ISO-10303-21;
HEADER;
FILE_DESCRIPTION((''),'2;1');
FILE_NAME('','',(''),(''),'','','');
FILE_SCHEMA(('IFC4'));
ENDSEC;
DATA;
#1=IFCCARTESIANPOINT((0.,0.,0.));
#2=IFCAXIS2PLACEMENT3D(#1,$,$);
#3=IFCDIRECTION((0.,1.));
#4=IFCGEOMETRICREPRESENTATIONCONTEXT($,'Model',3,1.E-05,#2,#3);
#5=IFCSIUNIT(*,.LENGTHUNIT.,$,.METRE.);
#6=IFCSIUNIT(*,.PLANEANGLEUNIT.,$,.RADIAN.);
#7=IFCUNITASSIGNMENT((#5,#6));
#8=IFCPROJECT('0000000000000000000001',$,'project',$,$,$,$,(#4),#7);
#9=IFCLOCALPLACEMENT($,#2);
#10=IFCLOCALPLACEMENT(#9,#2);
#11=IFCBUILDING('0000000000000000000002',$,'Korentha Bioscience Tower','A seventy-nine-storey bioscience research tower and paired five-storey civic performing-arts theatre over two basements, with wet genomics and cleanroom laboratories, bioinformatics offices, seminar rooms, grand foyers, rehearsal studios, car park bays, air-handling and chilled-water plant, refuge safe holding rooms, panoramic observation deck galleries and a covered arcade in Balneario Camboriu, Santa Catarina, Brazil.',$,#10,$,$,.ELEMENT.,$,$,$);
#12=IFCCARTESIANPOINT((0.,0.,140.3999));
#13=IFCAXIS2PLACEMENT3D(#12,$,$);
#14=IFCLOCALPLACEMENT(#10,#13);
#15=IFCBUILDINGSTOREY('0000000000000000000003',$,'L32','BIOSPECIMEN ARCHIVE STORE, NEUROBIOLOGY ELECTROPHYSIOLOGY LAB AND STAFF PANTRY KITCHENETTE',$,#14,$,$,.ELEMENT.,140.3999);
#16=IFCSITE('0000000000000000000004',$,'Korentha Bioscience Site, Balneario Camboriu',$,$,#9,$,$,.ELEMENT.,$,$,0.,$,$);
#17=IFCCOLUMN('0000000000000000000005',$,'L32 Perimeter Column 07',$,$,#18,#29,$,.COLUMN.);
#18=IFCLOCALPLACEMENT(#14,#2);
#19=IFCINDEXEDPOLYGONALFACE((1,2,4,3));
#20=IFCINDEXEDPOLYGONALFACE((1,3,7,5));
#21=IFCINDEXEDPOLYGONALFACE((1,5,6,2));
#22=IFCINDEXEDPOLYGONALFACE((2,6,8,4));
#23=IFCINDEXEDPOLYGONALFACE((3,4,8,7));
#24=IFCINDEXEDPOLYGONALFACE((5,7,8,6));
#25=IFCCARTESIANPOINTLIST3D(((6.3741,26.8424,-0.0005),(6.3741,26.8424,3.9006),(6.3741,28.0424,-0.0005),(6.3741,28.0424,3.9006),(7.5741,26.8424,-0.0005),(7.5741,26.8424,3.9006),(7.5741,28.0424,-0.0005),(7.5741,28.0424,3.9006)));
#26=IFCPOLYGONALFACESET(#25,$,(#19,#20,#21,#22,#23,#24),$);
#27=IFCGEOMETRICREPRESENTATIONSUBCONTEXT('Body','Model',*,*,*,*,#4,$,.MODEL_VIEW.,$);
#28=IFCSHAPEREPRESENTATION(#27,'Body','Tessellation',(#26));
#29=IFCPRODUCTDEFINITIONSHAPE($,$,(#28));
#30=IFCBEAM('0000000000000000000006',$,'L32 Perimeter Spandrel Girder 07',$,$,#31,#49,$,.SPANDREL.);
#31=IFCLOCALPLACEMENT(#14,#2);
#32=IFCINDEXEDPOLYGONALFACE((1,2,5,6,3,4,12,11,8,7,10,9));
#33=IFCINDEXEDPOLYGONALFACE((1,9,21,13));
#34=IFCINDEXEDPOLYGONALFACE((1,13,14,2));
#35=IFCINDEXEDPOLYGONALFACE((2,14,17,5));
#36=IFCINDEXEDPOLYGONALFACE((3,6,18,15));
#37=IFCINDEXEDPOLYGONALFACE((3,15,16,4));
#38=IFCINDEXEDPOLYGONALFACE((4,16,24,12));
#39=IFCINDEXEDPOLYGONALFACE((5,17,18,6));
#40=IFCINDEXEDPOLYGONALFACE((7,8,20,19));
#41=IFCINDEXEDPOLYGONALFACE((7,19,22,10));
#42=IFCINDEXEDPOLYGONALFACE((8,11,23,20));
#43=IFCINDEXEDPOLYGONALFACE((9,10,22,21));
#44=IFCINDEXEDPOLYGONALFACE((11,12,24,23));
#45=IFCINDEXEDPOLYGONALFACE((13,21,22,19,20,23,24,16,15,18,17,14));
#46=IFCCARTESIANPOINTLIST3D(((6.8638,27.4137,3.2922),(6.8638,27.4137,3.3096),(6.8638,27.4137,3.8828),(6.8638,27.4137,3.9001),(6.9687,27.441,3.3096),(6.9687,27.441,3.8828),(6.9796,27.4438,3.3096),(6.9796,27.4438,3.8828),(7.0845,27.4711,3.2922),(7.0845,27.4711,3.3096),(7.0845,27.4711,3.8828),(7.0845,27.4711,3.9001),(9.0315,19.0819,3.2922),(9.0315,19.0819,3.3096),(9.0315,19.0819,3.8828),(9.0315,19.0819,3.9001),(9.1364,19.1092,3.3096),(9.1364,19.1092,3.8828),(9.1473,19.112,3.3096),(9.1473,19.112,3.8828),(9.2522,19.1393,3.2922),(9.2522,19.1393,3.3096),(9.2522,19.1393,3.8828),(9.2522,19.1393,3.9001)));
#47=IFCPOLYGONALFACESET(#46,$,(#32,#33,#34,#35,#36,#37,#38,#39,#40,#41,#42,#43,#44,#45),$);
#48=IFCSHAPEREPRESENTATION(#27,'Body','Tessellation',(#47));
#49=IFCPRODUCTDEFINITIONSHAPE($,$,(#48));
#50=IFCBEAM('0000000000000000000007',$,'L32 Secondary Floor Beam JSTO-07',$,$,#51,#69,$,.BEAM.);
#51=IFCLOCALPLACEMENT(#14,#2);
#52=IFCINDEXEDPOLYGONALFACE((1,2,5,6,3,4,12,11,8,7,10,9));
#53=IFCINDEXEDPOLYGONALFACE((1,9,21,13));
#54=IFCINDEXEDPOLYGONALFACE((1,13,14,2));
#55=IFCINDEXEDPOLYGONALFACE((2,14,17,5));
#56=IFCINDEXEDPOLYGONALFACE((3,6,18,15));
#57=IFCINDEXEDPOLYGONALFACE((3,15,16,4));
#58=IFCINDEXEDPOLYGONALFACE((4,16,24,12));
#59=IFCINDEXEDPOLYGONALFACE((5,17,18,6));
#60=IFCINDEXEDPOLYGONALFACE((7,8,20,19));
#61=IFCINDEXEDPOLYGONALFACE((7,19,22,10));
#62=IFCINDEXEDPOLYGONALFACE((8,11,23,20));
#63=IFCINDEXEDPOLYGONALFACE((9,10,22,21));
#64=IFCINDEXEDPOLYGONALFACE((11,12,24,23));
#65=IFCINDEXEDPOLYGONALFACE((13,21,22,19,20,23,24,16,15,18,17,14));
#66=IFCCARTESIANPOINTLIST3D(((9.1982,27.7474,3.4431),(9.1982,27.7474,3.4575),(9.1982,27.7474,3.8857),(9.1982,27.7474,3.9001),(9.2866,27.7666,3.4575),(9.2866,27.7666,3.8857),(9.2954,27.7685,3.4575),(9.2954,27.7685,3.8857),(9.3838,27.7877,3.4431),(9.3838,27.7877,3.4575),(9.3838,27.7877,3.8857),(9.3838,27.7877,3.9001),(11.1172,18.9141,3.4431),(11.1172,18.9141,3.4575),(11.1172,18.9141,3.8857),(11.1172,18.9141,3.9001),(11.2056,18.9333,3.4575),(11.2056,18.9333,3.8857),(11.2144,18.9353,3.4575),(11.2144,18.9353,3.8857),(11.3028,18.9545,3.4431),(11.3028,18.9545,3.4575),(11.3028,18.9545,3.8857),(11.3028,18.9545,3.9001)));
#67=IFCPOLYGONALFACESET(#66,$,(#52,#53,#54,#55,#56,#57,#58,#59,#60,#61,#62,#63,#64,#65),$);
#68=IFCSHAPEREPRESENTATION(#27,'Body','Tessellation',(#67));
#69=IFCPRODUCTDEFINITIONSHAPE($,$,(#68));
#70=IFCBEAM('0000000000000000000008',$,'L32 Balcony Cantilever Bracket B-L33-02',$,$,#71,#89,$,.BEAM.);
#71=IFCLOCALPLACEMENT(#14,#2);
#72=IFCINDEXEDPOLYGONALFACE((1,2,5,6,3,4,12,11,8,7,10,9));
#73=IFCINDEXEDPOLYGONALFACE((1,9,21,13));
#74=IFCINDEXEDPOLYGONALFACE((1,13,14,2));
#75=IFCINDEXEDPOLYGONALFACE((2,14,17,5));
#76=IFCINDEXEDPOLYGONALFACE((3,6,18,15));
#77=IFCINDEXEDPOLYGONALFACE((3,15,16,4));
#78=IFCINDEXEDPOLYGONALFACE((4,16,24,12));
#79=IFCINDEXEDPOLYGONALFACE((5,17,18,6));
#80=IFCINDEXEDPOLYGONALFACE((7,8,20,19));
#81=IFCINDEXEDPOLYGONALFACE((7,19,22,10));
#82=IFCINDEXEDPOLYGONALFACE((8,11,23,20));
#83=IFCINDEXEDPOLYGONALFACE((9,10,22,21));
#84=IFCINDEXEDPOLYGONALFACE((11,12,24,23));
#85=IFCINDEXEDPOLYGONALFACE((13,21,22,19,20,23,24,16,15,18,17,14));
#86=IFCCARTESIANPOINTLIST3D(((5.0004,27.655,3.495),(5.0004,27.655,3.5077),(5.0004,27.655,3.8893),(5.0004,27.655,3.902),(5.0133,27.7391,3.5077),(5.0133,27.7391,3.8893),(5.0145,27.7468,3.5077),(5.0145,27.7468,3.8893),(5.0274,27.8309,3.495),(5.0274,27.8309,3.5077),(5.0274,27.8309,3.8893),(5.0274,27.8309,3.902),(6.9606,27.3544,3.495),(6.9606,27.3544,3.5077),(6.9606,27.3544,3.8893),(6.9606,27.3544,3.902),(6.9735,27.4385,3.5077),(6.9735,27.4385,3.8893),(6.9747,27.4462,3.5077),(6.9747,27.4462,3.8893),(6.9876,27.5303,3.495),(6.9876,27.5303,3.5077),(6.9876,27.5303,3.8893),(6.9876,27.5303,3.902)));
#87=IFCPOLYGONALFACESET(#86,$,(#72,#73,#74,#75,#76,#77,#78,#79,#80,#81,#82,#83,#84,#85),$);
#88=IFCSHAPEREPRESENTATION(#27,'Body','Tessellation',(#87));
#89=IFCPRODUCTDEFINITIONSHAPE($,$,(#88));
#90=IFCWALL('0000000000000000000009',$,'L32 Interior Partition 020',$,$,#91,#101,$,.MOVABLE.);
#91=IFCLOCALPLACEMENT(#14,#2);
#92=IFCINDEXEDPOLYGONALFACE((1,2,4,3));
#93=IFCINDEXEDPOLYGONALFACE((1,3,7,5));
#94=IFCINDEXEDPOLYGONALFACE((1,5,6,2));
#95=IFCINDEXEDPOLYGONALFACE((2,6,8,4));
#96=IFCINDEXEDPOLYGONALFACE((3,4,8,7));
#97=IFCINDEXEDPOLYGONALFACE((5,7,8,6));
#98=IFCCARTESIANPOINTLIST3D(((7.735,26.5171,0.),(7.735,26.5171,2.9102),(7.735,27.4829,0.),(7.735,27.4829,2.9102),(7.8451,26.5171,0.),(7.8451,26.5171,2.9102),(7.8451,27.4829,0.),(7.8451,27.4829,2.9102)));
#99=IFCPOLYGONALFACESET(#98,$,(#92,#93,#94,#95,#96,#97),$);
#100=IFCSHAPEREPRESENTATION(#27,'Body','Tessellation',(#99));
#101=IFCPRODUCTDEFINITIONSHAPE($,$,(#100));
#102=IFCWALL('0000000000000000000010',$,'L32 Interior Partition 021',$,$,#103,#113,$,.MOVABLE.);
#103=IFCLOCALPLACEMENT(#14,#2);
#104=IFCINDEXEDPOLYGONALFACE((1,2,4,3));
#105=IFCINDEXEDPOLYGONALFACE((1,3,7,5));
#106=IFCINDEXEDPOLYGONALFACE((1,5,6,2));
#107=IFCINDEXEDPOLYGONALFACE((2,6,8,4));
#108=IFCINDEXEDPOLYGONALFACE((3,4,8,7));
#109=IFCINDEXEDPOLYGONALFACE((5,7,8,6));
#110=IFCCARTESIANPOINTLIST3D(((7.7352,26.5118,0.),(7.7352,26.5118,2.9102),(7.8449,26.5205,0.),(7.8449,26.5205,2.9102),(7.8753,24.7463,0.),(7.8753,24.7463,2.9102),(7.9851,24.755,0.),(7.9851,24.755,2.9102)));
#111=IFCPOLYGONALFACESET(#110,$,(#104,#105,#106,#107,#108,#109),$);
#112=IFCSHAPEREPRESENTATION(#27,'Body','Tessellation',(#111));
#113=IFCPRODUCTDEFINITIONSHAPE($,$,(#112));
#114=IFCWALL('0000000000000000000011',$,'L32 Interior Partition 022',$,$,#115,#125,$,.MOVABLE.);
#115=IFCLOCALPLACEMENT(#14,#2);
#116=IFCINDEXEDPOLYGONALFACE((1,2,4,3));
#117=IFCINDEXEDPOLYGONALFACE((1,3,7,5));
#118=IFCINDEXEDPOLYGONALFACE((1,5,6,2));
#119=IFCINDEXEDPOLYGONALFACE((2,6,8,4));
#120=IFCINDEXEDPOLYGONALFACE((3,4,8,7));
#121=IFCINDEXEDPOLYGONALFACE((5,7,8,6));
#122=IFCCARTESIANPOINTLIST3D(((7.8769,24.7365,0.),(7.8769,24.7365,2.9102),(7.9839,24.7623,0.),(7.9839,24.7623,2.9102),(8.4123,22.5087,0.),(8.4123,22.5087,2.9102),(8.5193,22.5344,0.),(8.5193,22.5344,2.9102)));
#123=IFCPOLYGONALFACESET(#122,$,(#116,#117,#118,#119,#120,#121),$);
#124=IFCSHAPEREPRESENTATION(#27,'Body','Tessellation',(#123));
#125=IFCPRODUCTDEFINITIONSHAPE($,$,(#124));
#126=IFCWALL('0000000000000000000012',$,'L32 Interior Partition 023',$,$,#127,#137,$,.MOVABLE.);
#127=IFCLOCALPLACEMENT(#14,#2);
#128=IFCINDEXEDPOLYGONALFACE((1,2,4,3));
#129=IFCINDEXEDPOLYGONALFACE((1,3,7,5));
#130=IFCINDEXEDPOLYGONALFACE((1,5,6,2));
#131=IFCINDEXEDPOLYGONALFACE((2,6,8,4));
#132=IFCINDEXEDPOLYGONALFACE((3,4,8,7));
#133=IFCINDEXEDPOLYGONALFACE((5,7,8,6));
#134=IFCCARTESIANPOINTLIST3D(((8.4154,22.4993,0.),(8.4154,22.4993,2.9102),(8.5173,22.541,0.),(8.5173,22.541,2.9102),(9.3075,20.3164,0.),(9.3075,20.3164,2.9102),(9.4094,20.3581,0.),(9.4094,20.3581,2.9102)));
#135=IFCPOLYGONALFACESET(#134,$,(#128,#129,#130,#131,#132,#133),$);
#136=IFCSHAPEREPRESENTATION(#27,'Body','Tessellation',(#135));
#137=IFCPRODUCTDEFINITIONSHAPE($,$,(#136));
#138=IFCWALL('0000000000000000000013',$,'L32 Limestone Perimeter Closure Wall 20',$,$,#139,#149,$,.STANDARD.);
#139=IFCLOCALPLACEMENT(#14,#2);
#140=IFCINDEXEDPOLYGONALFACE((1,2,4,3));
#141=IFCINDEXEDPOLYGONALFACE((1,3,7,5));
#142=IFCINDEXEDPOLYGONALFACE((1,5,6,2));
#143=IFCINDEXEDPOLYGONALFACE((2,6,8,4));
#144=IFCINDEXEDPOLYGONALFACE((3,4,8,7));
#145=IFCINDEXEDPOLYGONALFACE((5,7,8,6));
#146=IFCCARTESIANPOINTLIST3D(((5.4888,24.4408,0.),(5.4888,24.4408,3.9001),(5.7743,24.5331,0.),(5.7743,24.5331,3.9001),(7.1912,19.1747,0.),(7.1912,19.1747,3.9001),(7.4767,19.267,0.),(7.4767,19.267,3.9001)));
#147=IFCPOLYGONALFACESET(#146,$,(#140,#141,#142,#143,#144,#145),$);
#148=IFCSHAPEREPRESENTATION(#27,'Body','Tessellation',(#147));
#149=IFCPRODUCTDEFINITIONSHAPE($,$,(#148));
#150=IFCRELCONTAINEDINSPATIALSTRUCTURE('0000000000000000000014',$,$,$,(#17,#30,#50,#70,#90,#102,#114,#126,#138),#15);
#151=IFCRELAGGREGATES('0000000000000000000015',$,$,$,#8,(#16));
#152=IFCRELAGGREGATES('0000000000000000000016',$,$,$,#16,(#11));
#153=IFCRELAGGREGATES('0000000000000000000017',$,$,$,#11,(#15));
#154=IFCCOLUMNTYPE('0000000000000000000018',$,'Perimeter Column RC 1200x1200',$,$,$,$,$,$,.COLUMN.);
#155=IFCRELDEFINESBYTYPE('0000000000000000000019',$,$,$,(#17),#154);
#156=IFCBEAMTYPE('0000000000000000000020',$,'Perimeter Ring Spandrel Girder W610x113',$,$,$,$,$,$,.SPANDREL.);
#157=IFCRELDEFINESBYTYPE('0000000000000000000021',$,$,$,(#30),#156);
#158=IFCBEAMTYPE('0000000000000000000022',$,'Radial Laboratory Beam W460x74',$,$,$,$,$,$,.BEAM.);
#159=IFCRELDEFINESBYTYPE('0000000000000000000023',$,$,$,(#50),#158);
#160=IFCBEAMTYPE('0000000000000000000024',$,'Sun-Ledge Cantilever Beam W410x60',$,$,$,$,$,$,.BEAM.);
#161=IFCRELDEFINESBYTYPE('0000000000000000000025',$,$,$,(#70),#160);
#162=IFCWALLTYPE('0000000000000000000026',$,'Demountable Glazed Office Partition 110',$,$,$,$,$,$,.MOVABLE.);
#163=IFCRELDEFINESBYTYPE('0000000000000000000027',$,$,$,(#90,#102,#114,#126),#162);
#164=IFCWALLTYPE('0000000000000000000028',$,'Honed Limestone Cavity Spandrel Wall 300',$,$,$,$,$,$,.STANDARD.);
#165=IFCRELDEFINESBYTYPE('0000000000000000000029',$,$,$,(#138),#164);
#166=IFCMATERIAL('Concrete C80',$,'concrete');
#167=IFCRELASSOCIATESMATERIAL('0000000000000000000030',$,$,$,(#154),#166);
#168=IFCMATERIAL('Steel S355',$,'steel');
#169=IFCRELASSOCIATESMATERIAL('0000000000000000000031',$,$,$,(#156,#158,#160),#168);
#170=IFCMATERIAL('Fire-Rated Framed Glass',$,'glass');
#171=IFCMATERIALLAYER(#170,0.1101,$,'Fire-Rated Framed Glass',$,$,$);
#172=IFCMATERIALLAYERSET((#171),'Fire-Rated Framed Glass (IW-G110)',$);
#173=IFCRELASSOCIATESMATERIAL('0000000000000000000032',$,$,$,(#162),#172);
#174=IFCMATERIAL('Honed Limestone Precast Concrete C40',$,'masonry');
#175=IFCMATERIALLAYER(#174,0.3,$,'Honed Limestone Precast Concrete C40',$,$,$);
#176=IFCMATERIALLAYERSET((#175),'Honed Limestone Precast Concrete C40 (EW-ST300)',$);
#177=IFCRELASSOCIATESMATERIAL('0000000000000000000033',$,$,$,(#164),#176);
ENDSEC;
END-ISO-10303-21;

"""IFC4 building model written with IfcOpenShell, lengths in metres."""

from ifc_helpers import new_model, si_unit, direction, frame, frame_2d, origin, origin_2d, place, context, subcontext, project, spatial, rectangle, i_section, extrude, material, layer, layer_set, material_profile, profile_set, type_object, element, save


model = new_model("IFC4")

# Units and contexts
model_context = context("Model", 3, precision=1e-05, world=origin(), true_north=direction((0.0, 1.0)))
body_context = subcontext(model_context, "Body", "Model", "MODEL_VIEW")
ifc_project = project(units=[si_unit("LENGTHUNIT", "METRE"), si_unit("PLANEANGLEUNIT", "RADIAN")], contexts=[model_context])

# Site, building, storey
site_placement = place(None, origin())
site = spatial("IfcSite", under=ifc_project, at=site_placement, Name="Korentha Bioscience Site, Balneario Camboriu", CompositionType="ELEMENT", RefElevation=0.0)
building_placement = place(site_placement, origin())
building = spatial("IfcBuilding", under=site, at=building_placement, Name="Korentha Bioscience Tower", Description="A seventy-nine-storey bioscience research tower and paired five-storey civic performing-arts theatre over two basements, with wet genomics and cleanroom laboratories, bioinformatics offices, seminar rooms, grand foyers, rehearsal studios, car park bays, air-handling and chilled-water plant, refuge safe holding rooms, panoramic observation deck galleries and a covered arcade in Balneario Camboriu, Santa Catarina, Brazil.", CompositionType="ELEMENT")
storey_placement = place(building_placement, frame((0.0, 0.0, 140.3999)))
storey = spatial("IfcBuildingStorey", under=building, at=storey_placement, Name="L32", Description="BIOSPECIMEN ARCHIVE STORE, NEUROBIOLOGY ELECTROPHYSIOLOGY LAB AND STAFF PANTRY KITCHENETTE", CompositionType="ELEMENT", Elevation=140.3999)

# Column
ifc_material_1 = material(Name="Concrete C80", Category="concrete")
ifc_material_profile_1 = material_profile(ifc_material_1, rectangle(XDim=1.2, YDim=1.2, at=origin_2d()), Name="Concrete C80")
ifc_profile_set_1 = profile_set([ifc_material_profile_1], Name="Concrete C80 (COL-P12)")
column_type = type_object("IfcColumnType", Name="Perimeter Column RC 1200x1200", PredefinedType="COLUMN", material=ifc_profile_set_1)
column_placement = place(storey_placement, frame((6.9741, 27.4424, -0.0005), z_axis=(0.0, 0.0, 1.0), x_axis=(0.0, 1.0, 0.0)))
element("IfcColumn", 1, at=column_placement, inside=storey, type_object=column_type, Name="L32 Perimeter Column 07", PredefinedType="COLUMN", context=body_context, shape_type="SweptSolid", body=[
    extrude(rectangle(XDim=1.2, YDim=1.2, at=origin_2d()), origin(), (0.0, 0.0, 1.0), 3.9011),
])

# Beams
ifc_material_2 = material(Name="Steel S355", Category="steel")
ifc_material_profile_2 = material_profile(ifc_material_2, i_section(OverallWidth=0.228, OverallDepth=0.6079, WebThickness=0.0112, FlangeThickness=0.0173, at=origin_2d()), Name="Steel S355")
ifc_profile_set_2 = profile_set([ifc_material_profile_2], Name="Steel S355 (SB-610)")
beam_type_1 = type_object("IfcBeamType", Name="Perimeter Ring Spandrel Girder W610x113", PredefinedType="SPANDREL", material=ifc_profile_set_2)
beam_1_placement = place(storey_placement, frame((6.9741, 27.4424, 3.5962), z_axis=(0.251793, -0.967781, 0.0), x_axis=(0.967781, 0.251793, 0.0)))
element("IfcBeam", 2, at=beam_1_placement, inside=storey, type_object=beam_type_1, Name="L32 Perimeter Spandrel Girder 07", PredefinedType="SPANDREL", context=body_context, shape_type="SweptSolid", body=[
    extrude(i_section(OverallWidth=0.228, OverallDepth=0.6079, WebThickness=0.0112, FlangeThickness=0.0173, at=origin_2d()), origin(), (0.0, 0.0, 1.0), 8.6091),
])
ifc_material_profile_3 = material_profile(ifc_material_2, i_section(OverallWidth=0.1899, OverallDepth=0.457, WebThickness=0.009, FlangeThickness=0.0144, at=origin_2d()), Name="Steel S355")
ifc_profile_set_3 = profile_set([ifc_material_profile_3], Name="Steel S355 (RB-460)")
beam_type_2 = type_object("IfcBeamType", Name="Radial Laboratory Beam W460x74", PredefinedType="BEAM", material=ifc_profile_set_3)
beam_2_placement = place(storey_placement, frame((9.291, 27.7676, 3.6716), z_axis=(0.212289, -0.977207, 0.0), x_axis=(0.977207, 0.212289, 0.0)))
element("IfcBeam", 3, at=beam_2_placement, inside=storey, type_object=beam_type_2, Name="L32 Secondary Floor Beam JSTO-07", PredefinedType="BEAM", context=body_context, shape_type="SweptSolid", body=[
    extrude(i_section(OverallWidth=0.1899, OverallDepth=0.457, WebThickness=0.009, FlangeThickness=0.0144, at=origin_2d()), origin(), (0.0, 0.0, 1.0), 9.0393),
])
ifc_material_profile_4 = material_profile(ifc_material_2, i_section(OverallWidth=0.178, OverallDepth=0.407, WebThickness=0.0078, FlangeThickness=0.0127, at=origin_2d()), Name="Steel S355")
ifc_profile_set_4 = profile_set([ifc_material_profile_4], Name="Steel S355 (CB-410)")
beam_type_3 = type_object("IfcBeamType", Name="Sun-Ledge Cantilever Beam W410x60", PredefinedType="BEAM", material=ifc_profile_set_4)
beam_3_placement = place(storey_placement, frame((6.9741, 27.4424, 3.6985), z_axis=(-0.98845, 0.151548, 0.0), x_axis=(-0.151548, -0.98845, 0.0)))
element("IfcBeam", 4, at=beam_3_placement, inside=storey, type_object=beam_type_3, Name="L32 Balcony Cantilever Bracket B-L33-02", PredefinedType="BEAM", context=body_context, shape_type="SweptSolid", body=[
    extrude(i_section(OverallWidth=0.178, OverallDepth=0.407, WebThickness=0.0078, FlangeThickness=0.0127, at=origin_2d()), origin(), (0.0, 0.0, 1.0), 1.9832),
])

# Walls
ifc_material_3 = material(Name="Fire-Rated Framed Glass", Category="glass")
ifc_layer_1 = layer(ifc_material_3, 0.1101, Name="Fire-Rated Framed Glass")
ifc_layer_set_1 = layer_set([ifc_layer_1], Name="Fire-Rated Framed Glass (IW-G110)")
wall_type_1 = type_object("IfcWallType", Name="Demountable Glazed Office Partition 110", PredefinedType="MOVABLE", material=ifc_layer_set_1)
wall_1_placement = place(storey_placement, frame((7.79, 27.4829, 0.0), z_axis=(0.0, 0.0, 1.0), x_axis=(0.0, -1.0, 0.0)))
element("IfcWall", 5, at=wall_1_placement, inside=storey, type_object=wall_type_1, Name="L32 Interior Partition 020", PredefinedType="MOVABLE", context=body_context, shape_type="SweptSolid", body=[
    extrude(rectangle(XDim=0.9658, YDim=0.1101, at=frame_2d((0.4829, 0.0))), origin(), (0.0, 0.0, 1.0), 2.9102),
])
wall_2_placement = place(storey_placement, frame((7.79, 26.5161, 0.0), z_axis=(0.0, 0.0, 1.0), x_axis=(0.079132, -0.996864, 0.0)))
element("IfcWall", 6, at=wall_2_placement, inside=storey, type_object=wall_type_1, Name="L32 Interior Partition 021", PredefinedType="MOVABLE", context=body_context, shape_type="SweptSolid", body=[
    extrude(rectangle(XDim=1.771, YDim=0.1101, at=frame_2d((0.8855, 0.0))), origin(), (0.0, 0.0, 1.0), 2.9102),
])
wall_3_placement = place(storey_placement, frame((7.9304, 24.7493, 0.0), z_axis=(0.0, 0.0, 1.0), x_axis=(0.233675, -0.972315, 0.0)))
element("IfcWall", 7, at=wall_3_placement, inside=storey, type_object=wall_type_1, Name="L32 Interior Partition 022", PredefinedType="MOVABLE", context=body_context, shape_type="SweptSolid", body=[
    extrude(rectangle(XDim=2.2913, YDim=0.1101, at=frame_2d((1.1455, 0.0))), origin(), (0.0, 0.0, 1.0), 2.9102),
])
wall_4_placement = place(storey_placement, frame((8.4663, 22.5203, 0.0), z_axis=(0.0, 0.0, 1.0), x_axis=(0.378306, -0.92568, 0.0)))
element("IfcWall", 8, at=wall_4_placement, inside=storey, type_object=wall_type_1, Name="L32 Interior Partition 023", PredefinedType="MOVABLE", context=body_context, shape_type="SweptSolid", body=[
    extrude(rectangle(XDim=2.3582, YDim=0.1101, at=frame_2d((1.1792, 0.0))), origin(), (0.0, 0.0, 1.0), 2.9102),
])

# Shared definitions
ifc_material_4 = material(Name="Honed Limestone Precast Concrete C40", Category="masonry")
ifc_layer_2 = layer(ifc_material_4, 0.3, Name="Honed Limestone Precast Concrete C40")
ifc_layer_set_2 = layer_set([ifc_layer_2], Name="Honed Limestone Precast Concrete C40 (EW-ST300)")
wall_type_2 = type_object("IfcWallType", Name="Honed Limestone Cavity Spandrel Wall 300", PredefinedType="STANDARD", material=ifc_layer_set_2)

# Wall
wall_5_placement = place(storey_placement, frame((5.6316, 24.4868, 0.0), z_axis=(0.0, 0.0, 1.0), x_axis=(0.307599, -0.951516, 0.0)))
element("IfcWall", 9, at=wall_5_placement, inside=storey, type_object=wall_type_2, Name="L32 Limestone Perimeter Closure Wall 20", PredefinedType="STANDARD", context=body_context, shape_type="SweptSolid", body=[
    extrude(rectangle(XDim=5.5344, YDim=0.3, at=frame_2d((2.7671, 0.0))), origin(), (0.0, 0.0, 1.0), 3.9001),
])

save(model, "model.ifc")
